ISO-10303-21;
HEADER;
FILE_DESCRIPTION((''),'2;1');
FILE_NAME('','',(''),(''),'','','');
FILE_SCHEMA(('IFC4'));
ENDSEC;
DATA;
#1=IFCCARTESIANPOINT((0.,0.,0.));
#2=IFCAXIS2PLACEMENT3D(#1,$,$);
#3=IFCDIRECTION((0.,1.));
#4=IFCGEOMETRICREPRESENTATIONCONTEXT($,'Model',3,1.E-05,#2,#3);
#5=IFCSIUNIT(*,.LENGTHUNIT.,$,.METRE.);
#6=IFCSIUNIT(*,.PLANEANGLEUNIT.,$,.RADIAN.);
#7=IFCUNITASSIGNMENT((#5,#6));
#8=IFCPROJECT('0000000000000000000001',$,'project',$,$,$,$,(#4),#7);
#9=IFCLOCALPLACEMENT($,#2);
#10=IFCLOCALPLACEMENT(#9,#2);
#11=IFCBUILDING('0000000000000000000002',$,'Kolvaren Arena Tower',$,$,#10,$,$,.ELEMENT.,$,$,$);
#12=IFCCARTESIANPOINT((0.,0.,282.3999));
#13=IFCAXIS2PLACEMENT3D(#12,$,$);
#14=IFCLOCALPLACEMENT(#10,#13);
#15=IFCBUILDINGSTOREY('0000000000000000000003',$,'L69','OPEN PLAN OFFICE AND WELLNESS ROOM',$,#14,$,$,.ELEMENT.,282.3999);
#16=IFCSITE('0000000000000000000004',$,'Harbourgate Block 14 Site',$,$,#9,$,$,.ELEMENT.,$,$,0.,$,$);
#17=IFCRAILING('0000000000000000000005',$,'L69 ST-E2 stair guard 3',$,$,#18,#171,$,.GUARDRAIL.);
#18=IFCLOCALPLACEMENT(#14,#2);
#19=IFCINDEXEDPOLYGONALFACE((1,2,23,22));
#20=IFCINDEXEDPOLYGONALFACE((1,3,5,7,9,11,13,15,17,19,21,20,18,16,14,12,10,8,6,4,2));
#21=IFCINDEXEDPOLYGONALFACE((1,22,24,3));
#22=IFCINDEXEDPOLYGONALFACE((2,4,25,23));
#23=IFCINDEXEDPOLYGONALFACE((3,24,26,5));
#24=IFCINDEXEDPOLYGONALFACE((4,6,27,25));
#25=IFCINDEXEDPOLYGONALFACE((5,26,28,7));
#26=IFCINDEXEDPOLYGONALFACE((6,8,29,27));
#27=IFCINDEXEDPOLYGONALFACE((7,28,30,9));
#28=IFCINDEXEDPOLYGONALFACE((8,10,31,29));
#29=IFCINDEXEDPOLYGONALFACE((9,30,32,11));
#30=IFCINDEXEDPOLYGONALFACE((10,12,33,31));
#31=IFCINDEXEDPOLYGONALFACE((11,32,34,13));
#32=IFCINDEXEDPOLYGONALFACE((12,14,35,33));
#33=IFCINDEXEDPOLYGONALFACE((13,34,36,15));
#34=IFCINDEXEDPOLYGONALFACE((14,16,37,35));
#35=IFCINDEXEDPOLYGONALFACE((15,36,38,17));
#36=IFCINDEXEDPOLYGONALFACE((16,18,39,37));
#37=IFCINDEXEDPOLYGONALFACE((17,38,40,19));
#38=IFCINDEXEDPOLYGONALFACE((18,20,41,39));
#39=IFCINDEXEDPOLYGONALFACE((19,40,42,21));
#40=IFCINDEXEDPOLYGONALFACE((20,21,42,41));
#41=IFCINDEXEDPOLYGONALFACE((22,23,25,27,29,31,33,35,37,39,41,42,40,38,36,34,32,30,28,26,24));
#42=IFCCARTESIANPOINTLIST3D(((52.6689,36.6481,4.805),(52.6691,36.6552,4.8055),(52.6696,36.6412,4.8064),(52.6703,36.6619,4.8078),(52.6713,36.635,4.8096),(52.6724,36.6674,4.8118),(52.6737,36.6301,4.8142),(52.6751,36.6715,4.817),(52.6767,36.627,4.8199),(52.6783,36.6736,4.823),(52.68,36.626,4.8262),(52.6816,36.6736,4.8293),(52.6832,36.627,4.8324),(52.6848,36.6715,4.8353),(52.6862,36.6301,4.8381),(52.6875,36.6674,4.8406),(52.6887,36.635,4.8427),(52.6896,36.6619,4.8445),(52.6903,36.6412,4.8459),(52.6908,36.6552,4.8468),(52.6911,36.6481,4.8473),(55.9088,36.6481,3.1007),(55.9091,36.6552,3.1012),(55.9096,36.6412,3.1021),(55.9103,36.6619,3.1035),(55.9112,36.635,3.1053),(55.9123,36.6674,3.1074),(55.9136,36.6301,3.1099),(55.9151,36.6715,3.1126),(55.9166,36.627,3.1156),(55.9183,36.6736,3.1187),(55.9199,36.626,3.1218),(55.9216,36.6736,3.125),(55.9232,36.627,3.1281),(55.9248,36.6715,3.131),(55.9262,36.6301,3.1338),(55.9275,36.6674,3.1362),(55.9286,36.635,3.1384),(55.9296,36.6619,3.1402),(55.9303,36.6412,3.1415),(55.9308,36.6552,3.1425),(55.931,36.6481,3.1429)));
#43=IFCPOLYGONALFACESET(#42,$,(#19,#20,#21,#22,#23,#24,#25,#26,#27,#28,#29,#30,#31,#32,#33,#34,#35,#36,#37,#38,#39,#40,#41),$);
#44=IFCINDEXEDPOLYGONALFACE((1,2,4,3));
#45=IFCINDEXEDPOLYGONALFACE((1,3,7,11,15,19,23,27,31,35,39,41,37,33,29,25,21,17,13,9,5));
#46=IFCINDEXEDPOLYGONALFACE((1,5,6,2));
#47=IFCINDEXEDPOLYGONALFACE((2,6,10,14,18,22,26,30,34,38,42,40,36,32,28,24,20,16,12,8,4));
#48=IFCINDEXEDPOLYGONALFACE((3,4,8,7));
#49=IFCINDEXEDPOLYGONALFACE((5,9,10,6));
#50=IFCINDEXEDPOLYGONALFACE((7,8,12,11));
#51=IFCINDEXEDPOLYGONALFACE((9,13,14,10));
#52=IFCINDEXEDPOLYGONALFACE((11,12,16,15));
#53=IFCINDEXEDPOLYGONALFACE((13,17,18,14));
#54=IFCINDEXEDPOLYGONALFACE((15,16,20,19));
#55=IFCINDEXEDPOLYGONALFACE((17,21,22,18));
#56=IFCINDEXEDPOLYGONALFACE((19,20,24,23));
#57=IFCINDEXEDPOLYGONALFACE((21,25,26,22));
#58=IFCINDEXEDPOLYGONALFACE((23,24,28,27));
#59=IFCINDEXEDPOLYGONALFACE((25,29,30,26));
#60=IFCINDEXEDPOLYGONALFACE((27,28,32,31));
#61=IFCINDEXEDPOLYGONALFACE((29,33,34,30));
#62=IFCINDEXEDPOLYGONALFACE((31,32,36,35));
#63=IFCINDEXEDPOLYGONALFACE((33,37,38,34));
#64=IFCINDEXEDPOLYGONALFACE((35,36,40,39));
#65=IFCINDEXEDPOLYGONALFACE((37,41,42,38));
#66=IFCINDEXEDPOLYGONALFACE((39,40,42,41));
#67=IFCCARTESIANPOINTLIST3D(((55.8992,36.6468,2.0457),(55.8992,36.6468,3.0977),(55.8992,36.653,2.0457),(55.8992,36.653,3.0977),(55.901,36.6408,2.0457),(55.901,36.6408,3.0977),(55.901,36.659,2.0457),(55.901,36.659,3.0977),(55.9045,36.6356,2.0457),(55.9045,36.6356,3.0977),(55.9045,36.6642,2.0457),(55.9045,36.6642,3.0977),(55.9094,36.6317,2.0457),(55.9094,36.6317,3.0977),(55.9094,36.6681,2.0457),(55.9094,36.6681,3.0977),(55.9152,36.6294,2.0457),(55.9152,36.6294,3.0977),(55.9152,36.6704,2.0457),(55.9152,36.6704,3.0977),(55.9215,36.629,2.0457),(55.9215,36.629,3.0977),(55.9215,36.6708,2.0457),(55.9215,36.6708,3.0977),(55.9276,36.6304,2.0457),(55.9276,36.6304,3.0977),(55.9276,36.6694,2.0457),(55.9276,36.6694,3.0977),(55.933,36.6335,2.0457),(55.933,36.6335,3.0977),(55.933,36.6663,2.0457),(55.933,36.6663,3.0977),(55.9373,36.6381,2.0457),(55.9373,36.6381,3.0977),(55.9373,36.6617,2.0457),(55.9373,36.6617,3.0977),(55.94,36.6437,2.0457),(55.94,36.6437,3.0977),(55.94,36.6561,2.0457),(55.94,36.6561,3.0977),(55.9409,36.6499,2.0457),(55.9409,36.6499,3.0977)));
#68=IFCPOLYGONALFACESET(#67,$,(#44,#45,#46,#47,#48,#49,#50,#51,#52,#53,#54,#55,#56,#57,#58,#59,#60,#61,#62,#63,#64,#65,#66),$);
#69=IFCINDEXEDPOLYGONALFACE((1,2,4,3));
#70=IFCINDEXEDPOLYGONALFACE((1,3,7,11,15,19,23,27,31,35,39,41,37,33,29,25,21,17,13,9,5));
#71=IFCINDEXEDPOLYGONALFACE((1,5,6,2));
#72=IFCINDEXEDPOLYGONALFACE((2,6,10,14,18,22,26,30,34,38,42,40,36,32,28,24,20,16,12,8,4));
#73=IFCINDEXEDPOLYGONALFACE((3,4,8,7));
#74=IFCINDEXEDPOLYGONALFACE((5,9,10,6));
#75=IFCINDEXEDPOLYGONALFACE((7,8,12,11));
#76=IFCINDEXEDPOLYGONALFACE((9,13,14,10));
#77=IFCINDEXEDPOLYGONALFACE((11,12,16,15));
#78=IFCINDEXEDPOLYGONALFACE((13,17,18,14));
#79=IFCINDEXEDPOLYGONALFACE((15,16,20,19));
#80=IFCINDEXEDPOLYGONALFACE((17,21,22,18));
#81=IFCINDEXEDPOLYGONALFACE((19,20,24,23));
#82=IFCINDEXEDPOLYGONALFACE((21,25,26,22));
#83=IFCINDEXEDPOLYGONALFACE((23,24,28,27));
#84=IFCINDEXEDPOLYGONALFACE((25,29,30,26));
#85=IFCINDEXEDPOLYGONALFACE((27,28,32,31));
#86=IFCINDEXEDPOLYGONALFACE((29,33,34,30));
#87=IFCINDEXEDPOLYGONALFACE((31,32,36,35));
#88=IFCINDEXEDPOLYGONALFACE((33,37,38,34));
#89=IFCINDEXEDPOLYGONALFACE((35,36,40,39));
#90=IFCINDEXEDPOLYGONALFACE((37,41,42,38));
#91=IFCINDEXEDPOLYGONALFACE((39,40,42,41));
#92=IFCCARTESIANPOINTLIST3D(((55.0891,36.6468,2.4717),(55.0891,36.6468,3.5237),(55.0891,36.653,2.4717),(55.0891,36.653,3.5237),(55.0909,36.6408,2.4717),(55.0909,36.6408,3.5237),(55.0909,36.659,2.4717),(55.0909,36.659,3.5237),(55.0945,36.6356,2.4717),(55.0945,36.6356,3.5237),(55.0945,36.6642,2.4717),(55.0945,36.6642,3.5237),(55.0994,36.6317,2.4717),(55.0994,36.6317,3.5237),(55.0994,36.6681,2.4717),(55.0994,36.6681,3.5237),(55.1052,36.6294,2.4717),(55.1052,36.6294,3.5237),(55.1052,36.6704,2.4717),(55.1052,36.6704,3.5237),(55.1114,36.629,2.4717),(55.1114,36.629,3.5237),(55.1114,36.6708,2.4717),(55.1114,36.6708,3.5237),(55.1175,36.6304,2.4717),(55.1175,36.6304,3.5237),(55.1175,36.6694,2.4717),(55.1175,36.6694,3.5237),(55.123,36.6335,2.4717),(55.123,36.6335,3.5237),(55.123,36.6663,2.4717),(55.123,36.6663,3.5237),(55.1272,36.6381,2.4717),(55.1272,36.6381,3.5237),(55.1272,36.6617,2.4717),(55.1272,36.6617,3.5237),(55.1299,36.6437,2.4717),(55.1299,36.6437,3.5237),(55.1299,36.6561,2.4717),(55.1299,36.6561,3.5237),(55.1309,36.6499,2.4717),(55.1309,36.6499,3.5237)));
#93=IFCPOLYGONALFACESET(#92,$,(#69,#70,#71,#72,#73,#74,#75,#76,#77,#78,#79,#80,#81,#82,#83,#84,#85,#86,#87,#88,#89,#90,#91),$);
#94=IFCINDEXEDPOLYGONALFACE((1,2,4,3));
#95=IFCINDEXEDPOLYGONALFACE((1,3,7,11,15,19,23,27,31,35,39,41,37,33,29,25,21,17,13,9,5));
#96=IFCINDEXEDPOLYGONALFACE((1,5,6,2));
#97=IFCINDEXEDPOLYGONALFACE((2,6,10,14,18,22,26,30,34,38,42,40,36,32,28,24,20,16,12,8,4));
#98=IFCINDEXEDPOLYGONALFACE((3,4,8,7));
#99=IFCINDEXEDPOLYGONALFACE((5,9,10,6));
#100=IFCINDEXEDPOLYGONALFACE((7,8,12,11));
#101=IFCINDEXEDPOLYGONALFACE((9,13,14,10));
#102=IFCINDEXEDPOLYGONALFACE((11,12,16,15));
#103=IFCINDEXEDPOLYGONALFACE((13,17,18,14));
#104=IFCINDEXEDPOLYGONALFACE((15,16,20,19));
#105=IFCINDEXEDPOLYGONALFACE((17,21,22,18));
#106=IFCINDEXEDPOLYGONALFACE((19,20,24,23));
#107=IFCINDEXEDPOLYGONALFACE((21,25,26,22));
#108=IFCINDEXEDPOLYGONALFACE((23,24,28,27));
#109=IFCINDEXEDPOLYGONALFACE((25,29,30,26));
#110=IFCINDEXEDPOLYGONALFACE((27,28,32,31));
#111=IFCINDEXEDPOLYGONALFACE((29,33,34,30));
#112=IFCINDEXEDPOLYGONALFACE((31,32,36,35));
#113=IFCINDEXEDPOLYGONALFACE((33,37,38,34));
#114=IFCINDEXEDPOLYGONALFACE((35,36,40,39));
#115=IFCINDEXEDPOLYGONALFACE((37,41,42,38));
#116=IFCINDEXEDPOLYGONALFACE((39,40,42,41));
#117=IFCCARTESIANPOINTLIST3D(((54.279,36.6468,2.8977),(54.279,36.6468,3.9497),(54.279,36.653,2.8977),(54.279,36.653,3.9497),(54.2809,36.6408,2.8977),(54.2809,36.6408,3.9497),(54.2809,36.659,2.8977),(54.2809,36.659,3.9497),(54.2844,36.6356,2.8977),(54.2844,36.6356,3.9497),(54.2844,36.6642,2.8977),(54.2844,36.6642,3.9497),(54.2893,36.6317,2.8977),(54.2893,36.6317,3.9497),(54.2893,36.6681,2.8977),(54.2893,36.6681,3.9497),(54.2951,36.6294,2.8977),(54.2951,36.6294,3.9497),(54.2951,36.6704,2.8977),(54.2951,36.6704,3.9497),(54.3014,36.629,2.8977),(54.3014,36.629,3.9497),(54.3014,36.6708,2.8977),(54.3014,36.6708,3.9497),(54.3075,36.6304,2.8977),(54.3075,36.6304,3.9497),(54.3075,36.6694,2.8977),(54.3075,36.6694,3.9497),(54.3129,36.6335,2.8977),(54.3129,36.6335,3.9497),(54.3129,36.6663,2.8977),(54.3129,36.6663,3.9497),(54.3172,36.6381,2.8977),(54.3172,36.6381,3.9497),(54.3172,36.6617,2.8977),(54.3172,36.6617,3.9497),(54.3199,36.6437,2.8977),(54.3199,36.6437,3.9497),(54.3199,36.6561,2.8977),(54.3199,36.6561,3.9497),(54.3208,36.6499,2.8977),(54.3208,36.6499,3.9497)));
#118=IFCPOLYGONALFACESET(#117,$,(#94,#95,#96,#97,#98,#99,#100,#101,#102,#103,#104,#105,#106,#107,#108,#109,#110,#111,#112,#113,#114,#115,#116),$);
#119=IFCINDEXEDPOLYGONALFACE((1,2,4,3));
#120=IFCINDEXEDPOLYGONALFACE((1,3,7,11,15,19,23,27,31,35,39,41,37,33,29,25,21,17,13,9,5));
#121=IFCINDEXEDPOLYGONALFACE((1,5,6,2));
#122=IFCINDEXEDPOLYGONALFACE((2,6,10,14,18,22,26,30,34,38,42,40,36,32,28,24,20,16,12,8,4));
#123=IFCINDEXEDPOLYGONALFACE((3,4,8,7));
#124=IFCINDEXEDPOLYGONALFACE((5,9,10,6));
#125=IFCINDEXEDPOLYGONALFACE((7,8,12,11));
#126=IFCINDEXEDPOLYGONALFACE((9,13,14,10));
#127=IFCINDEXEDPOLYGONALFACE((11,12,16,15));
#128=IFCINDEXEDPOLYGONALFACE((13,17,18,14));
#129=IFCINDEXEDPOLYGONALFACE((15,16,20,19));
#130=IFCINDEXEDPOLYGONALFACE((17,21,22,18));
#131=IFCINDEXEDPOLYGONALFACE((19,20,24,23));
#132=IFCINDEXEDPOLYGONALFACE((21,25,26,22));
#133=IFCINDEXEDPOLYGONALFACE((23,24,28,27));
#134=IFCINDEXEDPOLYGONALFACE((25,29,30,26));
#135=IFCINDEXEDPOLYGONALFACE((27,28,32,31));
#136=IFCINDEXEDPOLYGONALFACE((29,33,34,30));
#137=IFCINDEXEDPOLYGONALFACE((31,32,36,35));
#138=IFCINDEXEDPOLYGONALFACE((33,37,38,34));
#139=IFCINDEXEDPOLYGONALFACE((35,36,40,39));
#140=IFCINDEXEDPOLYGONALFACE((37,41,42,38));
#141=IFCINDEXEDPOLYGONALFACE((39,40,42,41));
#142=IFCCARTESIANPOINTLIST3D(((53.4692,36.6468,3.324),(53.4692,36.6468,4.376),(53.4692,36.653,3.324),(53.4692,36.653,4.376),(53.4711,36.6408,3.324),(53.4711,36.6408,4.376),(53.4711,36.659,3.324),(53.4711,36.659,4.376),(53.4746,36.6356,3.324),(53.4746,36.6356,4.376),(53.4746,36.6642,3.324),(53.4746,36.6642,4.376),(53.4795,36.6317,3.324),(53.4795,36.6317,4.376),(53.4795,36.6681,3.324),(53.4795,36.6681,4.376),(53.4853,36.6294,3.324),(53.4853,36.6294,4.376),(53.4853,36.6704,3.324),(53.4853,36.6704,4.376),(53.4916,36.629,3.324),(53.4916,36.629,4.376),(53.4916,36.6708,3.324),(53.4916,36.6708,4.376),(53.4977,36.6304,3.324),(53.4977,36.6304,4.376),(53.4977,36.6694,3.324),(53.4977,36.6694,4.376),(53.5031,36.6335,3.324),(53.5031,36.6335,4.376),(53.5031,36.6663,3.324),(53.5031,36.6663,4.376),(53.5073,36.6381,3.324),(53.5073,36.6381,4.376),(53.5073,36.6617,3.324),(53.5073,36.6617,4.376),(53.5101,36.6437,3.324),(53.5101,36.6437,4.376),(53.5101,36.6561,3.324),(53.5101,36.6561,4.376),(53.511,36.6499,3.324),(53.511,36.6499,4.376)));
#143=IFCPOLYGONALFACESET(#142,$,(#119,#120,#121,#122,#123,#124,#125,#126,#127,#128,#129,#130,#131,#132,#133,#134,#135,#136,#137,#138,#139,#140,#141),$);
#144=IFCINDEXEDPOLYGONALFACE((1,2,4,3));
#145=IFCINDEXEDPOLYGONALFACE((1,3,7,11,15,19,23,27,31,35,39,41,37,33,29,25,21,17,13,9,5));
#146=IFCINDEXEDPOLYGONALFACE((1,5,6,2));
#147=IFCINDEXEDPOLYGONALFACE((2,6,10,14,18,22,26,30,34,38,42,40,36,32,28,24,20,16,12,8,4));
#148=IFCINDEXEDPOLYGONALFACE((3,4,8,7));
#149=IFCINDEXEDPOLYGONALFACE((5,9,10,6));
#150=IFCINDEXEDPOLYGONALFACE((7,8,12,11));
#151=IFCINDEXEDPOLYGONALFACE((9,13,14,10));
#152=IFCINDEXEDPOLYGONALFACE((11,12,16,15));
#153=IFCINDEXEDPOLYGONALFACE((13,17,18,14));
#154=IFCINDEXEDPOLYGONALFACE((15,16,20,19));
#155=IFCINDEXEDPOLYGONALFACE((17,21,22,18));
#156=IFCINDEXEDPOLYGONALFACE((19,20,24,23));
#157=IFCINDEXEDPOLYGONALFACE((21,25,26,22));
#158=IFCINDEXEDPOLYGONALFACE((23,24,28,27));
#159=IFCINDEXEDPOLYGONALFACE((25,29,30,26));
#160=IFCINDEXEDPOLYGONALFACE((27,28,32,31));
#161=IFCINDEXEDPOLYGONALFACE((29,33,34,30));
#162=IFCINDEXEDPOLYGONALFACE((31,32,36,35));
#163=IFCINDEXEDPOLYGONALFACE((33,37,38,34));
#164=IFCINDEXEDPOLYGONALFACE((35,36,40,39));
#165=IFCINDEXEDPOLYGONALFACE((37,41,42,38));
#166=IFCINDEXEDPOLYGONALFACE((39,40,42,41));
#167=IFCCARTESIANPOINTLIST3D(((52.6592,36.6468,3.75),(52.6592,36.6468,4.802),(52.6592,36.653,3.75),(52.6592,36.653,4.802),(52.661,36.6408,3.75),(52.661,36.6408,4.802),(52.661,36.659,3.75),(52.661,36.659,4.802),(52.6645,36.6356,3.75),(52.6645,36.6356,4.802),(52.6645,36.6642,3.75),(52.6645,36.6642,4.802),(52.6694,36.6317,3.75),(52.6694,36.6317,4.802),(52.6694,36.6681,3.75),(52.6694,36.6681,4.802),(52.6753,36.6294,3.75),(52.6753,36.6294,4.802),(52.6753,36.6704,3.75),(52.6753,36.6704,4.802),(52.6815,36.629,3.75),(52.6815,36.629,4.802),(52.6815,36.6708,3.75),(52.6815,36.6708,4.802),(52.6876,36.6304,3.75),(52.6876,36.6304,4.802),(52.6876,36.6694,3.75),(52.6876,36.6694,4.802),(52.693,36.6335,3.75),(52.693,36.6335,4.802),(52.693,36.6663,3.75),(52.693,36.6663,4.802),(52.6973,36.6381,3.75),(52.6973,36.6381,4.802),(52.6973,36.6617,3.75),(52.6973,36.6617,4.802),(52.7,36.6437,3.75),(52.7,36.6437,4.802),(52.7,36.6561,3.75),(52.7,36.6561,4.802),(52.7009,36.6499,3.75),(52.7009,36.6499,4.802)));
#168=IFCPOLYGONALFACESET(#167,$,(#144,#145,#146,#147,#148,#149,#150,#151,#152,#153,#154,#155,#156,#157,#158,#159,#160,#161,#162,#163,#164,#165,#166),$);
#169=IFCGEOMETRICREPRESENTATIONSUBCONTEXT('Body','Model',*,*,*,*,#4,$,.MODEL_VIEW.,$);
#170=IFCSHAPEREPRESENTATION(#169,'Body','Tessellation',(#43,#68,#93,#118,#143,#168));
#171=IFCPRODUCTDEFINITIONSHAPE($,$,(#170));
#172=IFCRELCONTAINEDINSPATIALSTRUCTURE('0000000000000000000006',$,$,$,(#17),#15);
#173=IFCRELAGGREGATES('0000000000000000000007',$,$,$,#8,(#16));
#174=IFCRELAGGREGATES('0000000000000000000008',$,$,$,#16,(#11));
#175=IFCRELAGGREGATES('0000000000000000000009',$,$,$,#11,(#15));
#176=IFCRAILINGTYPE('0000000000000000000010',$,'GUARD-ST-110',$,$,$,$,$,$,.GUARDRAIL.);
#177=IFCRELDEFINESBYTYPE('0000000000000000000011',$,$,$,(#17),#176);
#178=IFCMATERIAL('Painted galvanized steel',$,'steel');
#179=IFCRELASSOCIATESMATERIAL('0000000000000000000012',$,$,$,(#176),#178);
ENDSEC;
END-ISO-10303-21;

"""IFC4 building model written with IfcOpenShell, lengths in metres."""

from ifc_helpers import new_model, si_unit, direction, frame, origin, origin_2d, place, context, subcontext, project, spatial, circle, extrude, material, type_object, element, save


model = new_model("IFC4")

# Units and contexts
model_context = context("Model", 3, precision=1e-05, world=origin(), true_north=direction((0.0, 1.0)))
body_context = subcontext(model_context, "Body", "Model", "MODEL_VIEW")
ifc_project = project(units=[si_unit("LENGTHUNIT", "METRE"), si_unit("PLANEANGLEUNIT", "RADIAN")], contexts=[model_context])

# Site, building, storey
site_placement = place(None, origin())
site = spatial("IfcSite", under=ifc_project, at=site_placement, Name="Harbourgate Block 14 Site", CompositionType="ELEMENT", RefElevation=0.0)
building_placement = place(site_placement, origin())
building = spatial("IfcBuilding", under=site, at=building_placement, Name="Kolvaren Arena Tower", CompositionType="ELEMENT")
storey_placement = place(building_placement, frame((0.0, 0.0, 282.3999)))
storey = spatial("IfcBuildingStorey", under=building, at=storey_placement, Name="L69", Description="OPEN PLAN OFFICE AND WELLNESS ROOM", CompositionType="ELEMENT", Elevation=282.3999)

# Railing
ifc_material_1 = material(Name="Painted galvanized steel", Category="steel")
railing_type_1 = type_object("IfcRailingType", Name="GUARD-ST-110", PredefinedType="GUARDRAIL", material=ifc_material_1)
railing_1_placement = place(storey_placement, frame((55.9199, 36.6499, 2.0457)))
element("IfcRailing", 1, at=railing_1_placement, inside=storey, type_object=railing_type_1, Name="L69 ST-E2 stair guard 3", PredefinedType="GUARDRAIL", context=body_context, shape_type="SweptSolid", body=[
    extrude(circle(Radius=0.0239, at=origin_2d()), frame((0.0, 0.0, 1.0762), z_axis=(-0.885021, 0.0, 0.465551), x_axis=(0.0, -1.0, 0.0)), (0.0, 0.0, 1.0), 3.6609),
    extrude(circle(Radius=0.021, at=origin_2d()), origin(), (0.0, 0.0, 1.0), 1.052),
    extrude(circle(Radius=0.021, at=origin_2d()), frame((-0.8101, 0.0, 0.426)), (0.0, 0.0, 1.0), 1.052),
    extrude(circle(Radius=0.021, at=origin_2d()), frame((-1.6201, 0.0, 0.8521)), (0.0, 0.0, 1.0), 1.052),
    extrude(circle(Radius=0.021, at=origin_2d()), frame((-2.4299, 0.0, 1.2783)), (0.0, 0.0, 1.0), 1.052),
    extrude(circle(Radius=0.021, at=origin_2d()), frame((-3.24, 0.0, 1.7043)), (0.0, 0.0, 1.0), 1.052),
])

save(model, "model.ifc")
